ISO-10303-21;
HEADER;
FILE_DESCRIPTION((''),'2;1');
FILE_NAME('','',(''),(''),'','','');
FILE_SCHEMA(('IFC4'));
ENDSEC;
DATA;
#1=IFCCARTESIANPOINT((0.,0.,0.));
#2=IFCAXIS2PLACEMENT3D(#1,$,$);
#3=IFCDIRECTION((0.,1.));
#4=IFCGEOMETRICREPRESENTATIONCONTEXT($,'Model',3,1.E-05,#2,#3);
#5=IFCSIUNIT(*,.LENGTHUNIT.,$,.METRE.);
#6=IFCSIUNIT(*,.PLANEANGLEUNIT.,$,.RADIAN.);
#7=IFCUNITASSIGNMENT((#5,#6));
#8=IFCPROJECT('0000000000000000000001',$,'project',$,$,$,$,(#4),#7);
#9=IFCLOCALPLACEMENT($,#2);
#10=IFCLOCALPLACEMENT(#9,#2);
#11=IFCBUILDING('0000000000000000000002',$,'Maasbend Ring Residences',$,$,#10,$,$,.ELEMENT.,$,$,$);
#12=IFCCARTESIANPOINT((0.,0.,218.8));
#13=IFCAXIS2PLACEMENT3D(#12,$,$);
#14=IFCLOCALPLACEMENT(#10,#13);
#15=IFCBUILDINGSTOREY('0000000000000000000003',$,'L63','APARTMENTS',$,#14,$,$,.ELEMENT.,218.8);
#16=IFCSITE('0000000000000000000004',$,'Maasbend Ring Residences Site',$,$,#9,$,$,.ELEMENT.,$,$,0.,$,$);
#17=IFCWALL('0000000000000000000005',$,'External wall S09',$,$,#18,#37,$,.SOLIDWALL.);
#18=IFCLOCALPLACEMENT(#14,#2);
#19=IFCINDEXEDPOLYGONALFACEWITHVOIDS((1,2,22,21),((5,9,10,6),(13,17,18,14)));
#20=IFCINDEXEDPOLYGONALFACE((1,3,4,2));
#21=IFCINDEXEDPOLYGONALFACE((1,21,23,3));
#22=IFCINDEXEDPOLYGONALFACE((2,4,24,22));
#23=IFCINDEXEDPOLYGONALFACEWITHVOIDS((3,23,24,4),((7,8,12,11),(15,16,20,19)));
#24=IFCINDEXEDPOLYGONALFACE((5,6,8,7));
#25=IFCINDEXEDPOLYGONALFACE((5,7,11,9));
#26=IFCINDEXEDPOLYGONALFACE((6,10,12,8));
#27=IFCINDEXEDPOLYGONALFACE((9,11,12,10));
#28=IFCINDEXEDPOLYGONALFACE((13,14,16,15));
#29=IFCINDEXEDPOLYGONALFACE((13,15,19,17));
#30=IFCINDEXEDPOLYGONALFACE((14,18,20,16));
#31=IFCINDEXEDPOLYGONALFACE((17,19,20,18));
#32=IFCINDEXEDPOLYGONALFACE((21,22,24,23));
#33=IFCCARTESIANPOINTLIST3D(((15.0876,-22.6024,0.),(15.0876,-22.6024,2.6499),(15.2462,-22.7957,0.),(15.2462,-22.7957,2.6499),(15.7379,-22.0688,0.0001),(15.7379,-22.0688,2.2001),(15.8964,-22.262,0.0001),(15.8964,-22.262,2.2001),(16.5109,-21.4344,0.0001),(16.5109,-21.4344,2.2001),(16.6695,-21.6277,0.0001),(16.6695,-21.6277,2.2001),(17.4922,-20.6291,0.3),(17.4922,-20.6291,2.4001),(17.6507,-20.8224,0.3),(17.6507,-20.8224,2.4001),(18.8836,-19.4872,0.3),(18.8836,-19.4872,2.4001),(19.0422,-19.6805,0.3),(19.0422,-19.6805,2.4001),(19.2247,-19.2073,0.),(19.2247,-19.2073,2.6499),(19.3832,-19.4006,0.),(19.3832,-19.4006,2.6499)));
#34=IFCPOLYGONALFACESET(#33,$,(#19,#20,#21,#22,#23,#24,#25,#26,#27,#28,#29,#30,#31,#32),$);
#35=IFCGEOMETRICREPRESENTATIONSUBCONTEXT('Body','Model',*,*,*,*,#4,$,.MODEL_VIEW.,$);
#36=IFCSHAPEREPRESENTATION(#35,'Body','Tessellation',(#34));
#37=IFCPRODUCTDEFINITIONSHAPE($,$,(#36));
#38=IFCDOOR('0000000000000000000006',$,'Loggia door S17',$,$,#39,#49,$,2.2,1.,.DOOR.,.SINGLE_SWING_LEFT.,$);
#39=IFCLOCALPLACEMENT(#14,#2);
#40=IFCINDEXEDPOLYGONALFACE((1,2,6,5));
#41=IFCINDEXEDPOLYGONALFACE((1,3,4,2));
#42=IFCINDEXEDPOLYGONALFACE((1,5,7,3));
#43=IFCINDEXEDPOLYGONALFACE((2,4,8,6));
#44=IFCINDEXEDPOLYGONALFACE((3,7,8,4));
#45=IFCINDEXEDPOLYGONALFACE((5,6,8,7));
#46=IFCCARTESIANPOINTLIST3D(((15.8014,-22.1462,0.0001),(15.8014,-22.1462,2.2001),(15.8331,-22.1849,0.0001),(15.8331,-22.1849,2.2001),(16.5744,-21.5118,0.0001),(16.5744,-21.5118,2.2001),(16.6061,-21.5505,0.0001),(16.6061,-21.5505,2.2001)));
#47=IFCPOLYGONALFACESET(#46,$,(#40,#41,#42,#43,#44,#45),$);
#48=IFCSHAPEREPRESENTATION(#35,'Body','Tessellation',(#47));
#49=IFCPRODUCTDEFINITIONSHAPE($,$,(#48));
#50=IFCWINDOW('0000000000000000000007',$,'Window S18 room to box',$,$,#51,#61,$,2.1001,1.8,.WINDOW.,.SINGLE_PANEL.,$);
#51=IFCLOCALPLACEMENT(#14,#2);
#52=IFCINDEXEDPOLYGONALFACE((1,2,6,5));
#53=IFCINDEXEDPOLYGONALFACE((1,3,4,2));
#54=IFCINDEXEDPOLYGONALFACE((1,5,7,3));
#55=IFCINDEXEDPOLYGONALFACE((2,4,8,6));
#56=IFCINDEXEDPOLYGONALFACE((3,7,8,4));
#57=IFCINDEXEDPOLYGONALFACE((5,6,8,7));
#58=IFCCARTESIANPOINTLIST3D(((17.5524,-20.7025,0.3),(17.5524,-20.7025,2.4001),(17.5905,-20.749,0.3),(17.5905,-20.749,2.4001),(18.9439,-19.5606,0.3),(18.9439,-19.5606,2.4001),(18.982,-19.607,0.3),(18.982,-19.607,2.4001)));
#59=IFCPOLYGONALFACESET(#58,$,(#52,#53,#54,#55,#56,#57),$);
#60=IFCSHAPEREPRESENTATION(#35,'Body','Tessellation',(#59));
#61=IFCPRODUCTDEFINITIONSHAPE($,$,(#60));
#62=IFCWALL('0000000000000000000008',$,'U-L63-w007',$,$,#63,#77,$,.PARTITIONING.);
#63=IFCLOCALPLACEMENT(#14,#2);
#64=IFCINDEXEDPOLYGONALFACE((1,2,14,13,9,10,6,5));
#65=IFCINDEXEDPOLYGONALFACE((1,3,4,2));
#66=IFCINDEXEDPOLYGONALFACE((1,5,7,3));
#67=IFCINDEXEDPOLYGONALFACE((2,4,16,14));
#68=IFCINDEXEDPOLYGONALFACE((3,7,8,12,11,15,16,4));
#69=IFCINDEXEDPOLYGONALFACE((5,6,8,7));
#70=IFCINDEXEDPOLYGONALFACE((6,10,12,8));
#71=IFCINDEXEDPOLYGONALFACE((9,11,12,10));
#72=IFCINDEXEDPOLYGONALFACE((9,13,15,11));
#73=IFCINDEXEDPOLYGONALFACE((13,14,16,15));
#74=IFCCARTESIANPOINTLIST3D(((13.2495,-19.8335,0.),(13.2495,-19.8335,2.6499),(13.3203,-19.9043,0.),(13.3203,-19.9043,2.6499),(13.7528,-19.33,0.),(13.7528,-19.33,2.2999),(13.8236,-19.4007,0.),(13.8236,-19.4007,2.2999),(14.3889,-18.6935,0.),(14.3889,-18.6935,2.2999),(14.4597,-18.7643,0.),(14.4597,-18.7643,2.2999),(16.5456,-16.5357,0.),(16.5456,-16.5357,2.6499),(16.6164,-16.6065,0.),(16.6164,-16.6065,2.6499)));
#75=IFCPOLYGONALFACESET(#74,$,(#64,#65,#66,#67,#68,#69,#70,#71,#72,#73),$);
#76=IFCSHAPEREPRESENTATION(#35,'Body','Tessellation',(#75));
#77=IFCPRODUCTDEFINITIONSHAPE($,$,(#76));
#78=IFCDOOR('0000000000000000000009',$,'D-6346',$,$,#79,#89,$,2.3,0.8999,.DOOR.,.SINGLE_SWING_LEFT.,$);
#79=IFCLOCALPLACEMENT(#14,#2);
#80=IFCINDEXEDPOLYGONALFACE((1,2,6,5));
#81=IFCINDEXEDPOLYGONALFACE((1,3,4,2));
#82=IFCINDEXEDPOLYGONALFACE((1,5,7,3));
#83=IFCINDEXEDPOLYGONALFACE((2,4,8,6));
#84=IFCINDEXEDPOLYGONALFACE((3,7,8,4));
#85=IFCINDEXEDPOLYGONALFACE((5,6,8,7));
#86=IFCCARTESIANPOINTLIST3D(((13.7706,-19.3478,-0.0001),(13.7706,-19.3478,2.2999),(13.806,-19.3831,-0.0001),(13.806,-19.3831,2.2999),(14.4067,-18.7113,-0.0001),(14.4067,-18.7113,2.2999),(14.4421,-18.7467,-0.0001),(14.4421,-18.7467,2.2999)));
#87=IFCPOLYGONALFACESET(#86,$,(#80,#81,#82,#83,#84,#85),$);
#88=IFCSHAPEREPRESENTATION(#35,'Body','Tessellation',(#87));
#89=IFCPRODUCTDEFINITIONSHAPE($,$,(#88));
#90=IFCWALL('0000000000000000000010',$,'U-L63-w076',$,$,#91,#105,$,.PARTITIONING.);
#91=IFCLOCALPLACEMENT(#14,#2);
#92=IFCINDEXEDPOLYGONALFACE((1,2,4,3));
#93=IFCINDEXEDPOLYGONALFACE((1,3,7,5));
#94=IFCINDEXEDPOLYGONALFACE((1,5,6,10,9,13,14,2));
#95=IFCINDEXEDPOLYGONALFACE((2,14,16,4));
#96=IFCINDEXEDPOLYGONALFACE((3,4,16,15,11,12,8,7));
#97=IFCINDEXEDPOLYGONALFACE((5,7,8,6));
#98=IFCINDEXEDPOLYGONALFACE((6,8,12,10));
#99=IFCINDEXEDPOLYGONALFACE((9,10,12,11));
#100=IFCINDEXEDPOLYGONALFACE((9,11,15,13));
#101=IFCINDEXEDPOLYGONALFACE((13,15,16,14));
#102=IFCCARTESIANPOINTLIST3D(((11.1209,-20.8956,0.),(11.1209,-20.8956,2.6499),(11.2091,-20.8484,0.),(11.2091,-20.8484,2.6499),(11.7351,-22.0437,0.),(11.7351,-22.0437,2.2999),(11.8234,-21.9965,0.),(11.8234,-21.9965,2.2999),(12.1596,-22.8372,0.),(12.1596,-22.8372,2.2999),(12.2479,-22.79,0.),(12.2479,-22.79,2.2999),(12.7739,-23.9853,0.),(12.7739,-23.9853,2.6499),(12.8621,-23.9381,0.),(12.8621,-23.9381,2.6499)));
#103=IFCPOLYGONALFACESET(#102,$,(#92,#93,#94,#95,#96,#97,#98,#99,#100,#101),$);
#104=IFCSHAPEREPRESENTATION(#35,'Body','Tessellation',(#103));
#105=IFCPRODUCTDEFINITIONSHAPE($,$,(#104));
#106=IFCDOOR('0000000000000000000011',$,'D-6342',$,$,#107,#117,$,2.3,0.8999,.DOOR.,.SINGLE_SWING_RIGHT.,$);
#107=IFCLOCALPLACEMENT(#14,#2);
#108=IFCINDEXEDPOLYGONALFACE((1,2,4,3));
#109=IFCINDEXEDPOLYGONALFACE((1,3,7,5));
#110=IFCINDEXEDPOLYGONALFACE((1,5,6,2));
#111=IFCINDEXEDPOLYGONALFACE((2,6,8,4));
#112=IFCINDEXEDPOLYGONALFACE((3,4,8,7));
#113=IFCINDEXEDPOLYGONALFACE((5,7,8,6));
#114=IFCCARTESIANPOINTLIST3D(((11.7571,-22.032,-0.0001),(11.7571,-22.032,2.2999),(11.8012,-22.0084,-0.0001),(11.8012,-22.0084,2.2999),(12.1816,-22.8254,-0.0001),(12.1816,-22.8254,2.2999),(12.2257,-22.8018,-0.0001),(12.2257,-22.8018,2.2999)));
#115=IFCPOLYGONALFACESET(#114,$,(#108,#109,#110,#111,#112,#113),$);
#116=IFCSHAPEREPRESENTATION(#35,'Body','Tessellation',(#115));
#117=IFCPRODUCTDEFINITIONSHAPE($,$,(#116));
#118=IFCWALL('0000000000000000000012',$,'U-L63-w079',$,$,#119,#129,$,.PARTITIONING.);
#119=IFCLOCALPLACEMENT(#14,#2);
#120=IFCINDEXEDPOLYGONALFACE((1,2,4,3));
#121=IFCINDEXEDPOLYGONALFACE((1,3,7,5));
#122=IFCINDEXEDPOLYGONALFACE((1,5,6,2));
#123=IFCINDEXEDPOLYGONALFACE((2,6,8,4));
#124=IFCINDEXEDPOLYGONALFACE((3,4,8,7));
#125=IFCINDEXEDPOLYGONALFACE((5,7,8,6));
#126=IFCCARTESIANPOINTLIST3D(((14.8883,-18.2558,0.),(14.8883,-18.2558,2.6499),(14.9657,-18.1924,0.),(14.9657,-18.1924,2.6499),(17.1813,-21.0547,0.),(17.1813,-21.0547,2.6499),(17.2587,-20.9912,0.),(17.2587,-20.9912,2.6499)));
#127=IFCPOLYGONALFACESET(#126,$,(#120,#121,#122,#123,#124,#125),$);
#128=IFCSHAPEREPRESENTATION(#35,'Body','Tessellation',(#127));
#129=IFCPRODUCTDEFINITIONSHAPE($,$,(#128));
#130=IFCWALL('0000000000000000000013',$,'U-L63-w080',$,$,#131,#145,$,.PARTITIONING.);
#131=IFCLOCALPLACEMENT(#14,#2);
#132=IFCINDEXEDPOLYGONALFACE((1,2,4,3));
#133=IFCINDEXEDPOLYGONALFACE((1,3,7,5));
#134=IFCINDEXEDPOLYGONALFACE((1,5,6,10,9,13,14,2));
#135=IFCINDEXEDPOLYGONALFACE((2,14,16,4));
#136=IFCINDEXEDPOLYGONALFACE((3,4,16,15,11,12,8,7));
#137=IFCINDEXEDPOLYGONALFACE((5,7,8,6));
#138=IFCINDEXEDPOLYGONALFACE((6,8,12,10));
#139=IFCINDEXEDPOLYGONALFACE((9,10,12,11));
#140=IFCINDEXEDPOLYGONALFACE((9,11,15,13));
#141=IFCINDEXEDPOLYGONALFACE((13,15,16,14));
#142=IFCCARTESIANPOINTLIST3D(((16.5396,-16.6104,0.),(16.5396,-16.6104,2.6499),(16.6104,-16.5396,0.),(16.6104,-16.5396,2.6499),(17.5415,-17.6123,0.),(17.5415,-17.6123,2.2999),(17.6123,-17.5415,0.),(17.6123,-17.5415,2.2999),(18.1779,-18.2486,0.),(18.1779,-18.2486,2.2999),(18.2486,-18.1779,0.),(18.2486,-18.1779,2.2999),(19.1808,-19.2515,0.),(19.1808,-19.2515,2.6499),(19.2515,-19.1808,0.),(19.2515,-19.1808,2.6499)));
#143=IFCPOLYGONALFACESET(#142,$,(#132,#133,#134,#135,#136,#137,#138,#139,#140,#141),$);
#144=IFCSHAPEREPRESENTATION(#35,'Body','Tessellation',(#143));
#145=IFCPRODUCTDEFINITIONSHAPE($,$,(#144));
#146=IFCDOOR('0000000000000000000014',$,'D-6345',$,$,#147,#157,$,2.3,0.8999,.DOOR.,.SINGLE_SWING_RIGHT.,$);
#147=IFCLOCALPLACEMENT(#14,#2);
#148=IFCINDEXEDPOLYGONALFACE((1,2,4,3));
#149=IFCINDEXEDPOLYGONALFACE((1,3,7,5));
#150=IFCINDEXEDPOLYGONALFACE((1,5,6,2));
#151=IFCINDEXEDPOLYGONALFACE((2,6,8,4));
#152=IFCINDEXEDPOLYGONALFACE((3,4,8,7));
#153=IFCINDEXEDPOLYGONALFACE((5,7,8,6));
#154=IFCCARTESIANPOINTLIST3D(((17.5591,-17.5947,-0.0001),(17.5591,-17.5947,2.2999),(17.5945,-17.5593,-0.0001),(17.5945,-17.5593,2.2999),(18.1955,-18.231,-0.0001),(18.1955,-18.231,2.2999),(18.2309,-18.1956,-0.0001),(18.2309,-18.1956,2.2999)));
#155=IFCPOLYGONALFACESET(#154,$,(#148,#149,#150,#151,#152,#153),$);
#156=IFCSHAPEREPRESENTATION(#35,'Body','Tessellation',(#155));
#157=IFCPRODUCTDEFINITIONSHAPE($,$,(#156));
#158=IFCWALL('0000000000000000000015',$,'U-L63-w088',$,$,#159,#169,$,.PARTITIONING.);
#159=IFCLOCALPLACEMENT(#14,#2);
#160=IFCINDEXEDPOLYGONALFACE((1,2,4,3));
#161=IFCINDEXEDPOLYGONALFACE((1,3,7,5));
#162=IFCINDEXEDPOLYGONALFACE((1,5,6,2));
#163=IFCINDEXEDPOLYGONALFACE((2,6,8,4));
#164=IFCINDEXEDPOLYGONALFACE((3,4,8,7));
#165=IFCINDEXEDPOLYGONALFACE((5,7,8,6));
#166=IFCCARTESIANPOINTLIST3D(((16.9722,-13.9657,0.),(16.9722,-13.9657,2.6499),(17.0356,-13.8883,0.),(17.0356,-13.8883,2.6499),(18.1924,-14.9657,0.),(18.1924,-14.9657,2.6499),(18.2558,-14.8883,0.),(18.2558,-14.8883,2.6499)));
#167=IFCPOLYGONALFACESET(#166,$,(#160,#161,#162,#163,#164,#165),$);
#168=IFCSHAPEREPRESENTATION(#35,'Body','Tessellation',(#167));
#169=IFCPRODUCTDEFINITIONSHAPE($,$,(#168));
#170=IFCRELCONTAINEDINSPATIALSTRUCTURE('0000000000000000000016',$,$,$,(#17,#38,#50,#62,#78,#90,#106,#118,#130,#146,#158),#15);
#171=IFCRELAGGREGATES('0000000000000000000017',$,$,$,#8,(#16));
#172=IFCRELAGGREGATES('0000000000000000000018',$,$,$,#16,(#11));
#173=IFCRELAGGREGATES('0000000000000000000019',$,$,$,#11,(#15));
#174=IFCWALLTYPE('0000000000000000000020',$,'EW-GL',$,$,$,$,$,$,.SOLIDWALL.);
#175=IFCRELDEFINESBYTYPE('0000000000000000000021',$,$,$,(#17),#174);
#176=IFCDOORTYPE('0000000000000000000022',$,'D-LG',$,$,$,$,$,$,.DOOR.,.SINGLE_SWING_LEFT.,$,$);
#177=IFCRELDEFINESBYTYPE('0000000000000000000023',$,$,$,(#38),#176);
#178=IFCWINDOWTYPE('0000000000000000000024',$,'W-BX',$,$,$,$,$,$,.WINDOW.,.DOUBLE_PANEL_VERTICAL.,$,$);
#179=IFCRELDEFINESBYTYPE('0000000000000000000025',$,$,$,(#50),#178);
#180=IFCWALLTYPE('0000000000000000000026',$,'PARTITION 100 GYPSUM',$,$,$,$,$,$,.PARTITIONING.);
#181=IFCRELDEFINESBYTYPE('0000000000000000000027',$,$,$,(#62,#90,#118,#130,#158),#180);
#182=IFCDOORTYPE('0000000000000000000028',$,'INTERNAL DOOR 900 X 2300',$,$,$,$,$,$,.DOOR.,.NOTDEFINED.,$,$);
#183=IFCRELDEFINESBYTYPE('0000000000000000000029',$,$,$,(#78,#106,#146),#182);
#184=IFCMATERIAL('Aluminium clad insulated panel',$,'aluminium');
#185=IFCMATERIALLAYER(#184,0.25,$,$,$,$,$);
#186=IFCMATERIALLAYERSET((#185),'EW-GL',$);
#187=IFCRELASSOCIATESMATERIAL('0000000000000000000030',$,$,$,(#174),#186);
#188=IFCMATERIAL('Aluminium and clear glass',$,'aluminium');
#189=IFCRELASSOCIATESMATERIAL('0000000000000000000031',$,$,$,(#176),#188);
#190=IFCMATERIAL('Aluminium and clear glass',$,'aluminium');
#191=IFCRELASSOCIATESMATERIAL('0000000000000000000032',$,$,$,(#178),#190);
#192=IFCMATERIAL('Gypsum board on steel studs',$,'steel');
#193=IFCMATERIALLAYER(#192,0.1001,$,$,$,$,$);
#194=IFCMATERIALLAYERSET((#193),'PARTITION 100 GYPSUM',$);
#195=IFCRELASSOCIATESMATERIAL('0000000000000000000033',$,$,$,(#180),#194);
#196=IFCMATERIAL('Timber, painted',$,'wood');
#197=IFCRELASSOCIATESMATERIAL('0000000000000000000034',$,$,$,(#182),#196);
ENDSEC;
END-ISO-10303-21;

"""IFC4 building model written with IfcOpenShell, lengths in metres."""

from ifc_helpers import new_model, si_unit, direction, frame, frame_2d, origin, place, context, subcontext, project, spatial, rectangle, extrude, material, layer, layer_set, type_object, element, fill, save


model = new_model("IFC4")

# Units and contexts
model_context = context("Model", 3, precision=1e-05, world=origin(), true_north=direction((0.0, 1.0)))
body_context = subcontext(model_context, "Body", "Model", "MODEL_VIEW")
ifc_project = project(units=[si_unit("LENGTHUNIT", "METRE"), si_unit("PLANEANGLEUNIT", "RADIAN")], contexts=[model_context])

# Site, building, storey
site_placement = place(None, origin())
site = spatial("IfcSite", under=ifc_project, at=site_placement, Name="Maasbend Ring Residences Site", CompositionType="ELEMENT", RefElevation=0.0)
building_placement = place(site_placement, origin())
building = spatial("IfcBuilding", under=site, at=building_placement, Name="Maasbend Ring Residences", CompositionType="ELEMENT")
storey_placement = place(building_placement, frame((0.0, 0.0, 218.8)))
storey = spatial("IfcBuildingStorey", under=building, at=storey_placement, Name="L63", Description="APARTMENTS", CompositionType="ELEMENT", Elevation=218.8)

# Wall, openings, door, window
ifc_material_1 = material(Name="Aluminium clad insulated panel", Category="aluminium")
ifc_layer_1 = layer(ifc_material_1, 0.25)
ifc_layer_set_1 = layer_set([ifc_layer_1], Name="EW-GL")
wall_type_1 = type_object("IfcWallType", Name="EW-GL", PredefinedType="SOLIDWALL", material=ifc_layer_set_1)
wall_1_placement = place(storey_placement, frame((15.167, -22.699, 0.0), z_axis=(0.0, 0.0, 1.0), x_axis=(0.773019, 0.634382, 0.0)))
wall_1 = element("IfcWall", 1, at=wall_1_placement, inside=storey, type_object=wall_type_1, Name="External wall S09", PredefinedType="SOLIDWALL", context=body_context, shape_type="SweptSolid", body=[
    extrude(rectangle(XDim=5.3518, YDim=0.25, at=frame_2d((2.6758, 0.0))), origin(), (0.0, 0.0, 1.0), 2.6499),
])
opening_1_placement = place(wall_1_placement, frame((0.8411, 0.0, 0.0)))
opening_1 = element("IfcOpeningElement", 2, at=opening_1_placement, cuts=wall_1, PredefinedType="OPENING", context=body_context, shape_type="SweptSolid", body=[
    extrude(rectangle(XDim=1.0, YDim=2.2, at=frame_2d((0.5, 1.1001))), frame((0.0, 0.135, 0.0), z_axis=(0.0, -1.0, 0.0), x_axis=(1.0, 0.0, 0.0)), (0.0, 0.0, 1.0), 0.27),
])
opening_2_placement = place(wall_1_placement, frame((3.1106, 0.0, 0.3)))
opening_2 = element("IfcOpeningElement", 3, at=opening_2_placement, cuts=wall_1, PredefinedType="OPENING", context=body_context, shape_type="SweptSolid", body=[
    extrude(rectangle(XDim=1.8, YDim=2.1001, at=frame_2d((0.8999, 1.05))), frame((0.0, 0.135, 0.0), z_axis=(0.0, -1.0, 0.0), x_axis=(1.0, 0.0, 0.0)), (0.0, 0.0, 1.0), 0.27),
])
ifc_material_2 = material(Name="Aluminium and clear glass", Category="aluminium")
door_type_1 = type_object("IfcDoorType", Name="D-LG", OperationType="SINGLE_SWING_LEFT", PredefinedType="DOOR", material=ifc_material_2)
door_1_placement = place(opening_1_placement, origin())
door_1 = element("IfcDoor", 4, at=door_1_placement, inside=storey, type_object=door_type_1, Name="Loggia door S17", OperationType="SINGLE_SWING_LEFT", OverallHeight=2.2, OverallWidth=1.0, PredefinedType="DOOR", context=body_context, shape_type="SweptSolid", body=[
    extrude(rectangle(XDim=1.0, YDim=2.2, at=frame_2d((0.5, 1.1001))), frame((0.0, 0.0249, 0.0), z_axis=(0.0, -1.0, 0.0), x_axis=(1.0, 0.0, 0.0)), (0.0, 0.0, 1.0), 0.05),
])
fill(opening_1, door_1)
ifc_material_3 = material(Name="Aluminium and clear glass", Category="aluminium")
window_type_1 = type_object("IfcWindowType", Name="W-BX", PartitioningType="DOUBLE_PANEL_VERTICAL", PredefinedType="WINDOW", material=ifc_material_3)
window_1_placement = place(opening_2_placement, origin())
window_1 = element("IfcWindow", 5, at=window_1_placement, inside=storey, type_object=window_type_1, Name="Window S18 room to box", OverallHeight=2.1001, OverallWidth=1.8, PartitioningType="SINGLE_PANEL", PredefinedType="WINDOW", context=body_context, shape_type="SweptSolid", body=[
    extrude(rectangle(XDim=1.8, YDim=2.1001, at=frame_2d((0.8999, 1.05))), frame((0.0, 0.03, 0.0), z_axis=(0.0, -1.0, 0.0), x_axis=(1.0, 0.0, 0.0)), (0.0, 0.0, 1.0), 0.0601),
])
fill(opening_2, window_1)

# Walls, openings, doors
ifc_material_4 = material(Name="Gypsum board on steel studs", Category="steel")
ifc_layer_2 = layer(ifc_material_4, 0.1001)
ifc_layer_set_2 = layer_set([ifc_layer_2], Name="PARTITION 100 GYPSUM")
wall_type_2 = type_object("IfcWallType", Name="PARTITION 100 GYPSUM", PredefinedType="PARTITIONING", material=ifc_layer_set_2)
wall_2_placement = place(storey_placement, frame((13.2849, -19.8689, 0.0), z_axis=(0.0, 0.0, 1.0), x_axis=(0.706923, 0.70729, 0.0)))
wall_2 = element("IfcWall", 6, at=wall_2_placement, inside=storey, type_object=wall_type_2, Name="U-L63-w007", PredefinedType="PARTITIONING", context=body_context, shape_type="SweptSolid", body=[
    extrude(rectangle(XDim=4.6626, YDim=0.1001, at=frame_2d((2.3313, 0.0))), origin(), (0.0, 0.0, 1.0), 2.6499),
])
opening_3_placement = place(wall_2_placement, frame((0.7119, 0.0, 0.0)))
opening_3 = element("IfcOpeningElement", 7, at=opening_3_placement, cuts=wall_2, PredefinedType="OPENING", context=body_context, shape_type="SweptSolid", body=[
    extrude(rectangle(XDim=0.8999, YDim=2.3, at=frame_2d((0.45, 1.1499))), frame((0.0, 0.0601, 0.0), z_axis=(0.0, -1.0, 0.0), x_axis=(1.0, 0.0, 0.0)), (0.0, 0.0, 1.0), 0.1201),
])
ifc_material_5 = material(Name="Timber, painted", Category="wood")
door_type_2 = type_object("IfcDoorType", Name="INTERNAL DOOR 900 X 2300", OperationType="NOTDEFINED", PredefinedType="DOOR", material=ifc_material_5)
door_2_placement = place(opening_3_placement, origin())
door_2 = element("IfcDoor", 8, at=door_2_placement, inside=storey, type_object=door_type_2, Name="D-6346", OperationType="SINGLE_SWING_LEFT", OverallHeight=2.3, OverallWidth=0.8999, PredefinedType="DOOR", context=body_context, shape_type="SweptSolid", body=[
    extrude(rectangle(XDim=0.8999, YDim=2.3, at=frame_2d((0.45, 1.1499))), frame((0.0, 0.0249, 0.0), z_axis=(0.0, -1.0, 0.0), x_axis=(1.0, 0.0, 0.0)), (0.0, 0.0, 1.0), 0.05),
])
fill(opening_3, door_2)
wall_3_placement = place(storey_placement, frame((11.165, -20.8721, 0.0), z_axis=(0.0, 0.0, 1.0), x_axis=(0.471734, -0.881741, 0.0)))
wall_3 = element("IfcWall", 9, at=wall_3_placement, inside=storey, type_object=wall_type_2, Name="U-L63-w076", PredefinedType="PARTITIONING", context=body_context, shape_type="SweptSolid", body=[
    extrude(rectangle(XDim=3.5042, YDim=0.1001, at=frame_2d((1.752, 0.0))), origin(), (0.0, 0.0, 1.0), 2.6499),
])
opening_4_placement = place(wall_3_placement, frame((1.302, 0.0, 0.0)))
opening_4 = element("IfcOpeningElement", 10, at=opening_4_placement, cuts=wall_3, PredefinedType="OPENING", context=body_context, shape_type="SweptSolid", body=[
    extrude(rectangle(XDim=0.8999, YDim=2.3, at=frame_2d((0.45, 1.1499))), frame((0.0, 0.0601, 0.0), z_axis=(0.0, -1.0, 0.0), x_axis=(1.0, 0.0, 0.0)), (0.0, 0.0, 1.0), 0.1201),
])
door_3_placement = place(opening_4_placement, origin())
door_3 = element("IfcDoor", 11, at=door_3_placement, inside=storey, type_object=door_type_2, Name="D-6342", OperationType="SINGLE_SWING_RIGHT", OverallHeight=2.3, OverallWidth=0.8999, PredefinedType="DOOR", context=body_context, shape_type="SweptSolid", body=[
    extrude(rectangle(XDim=0.8999, YDim=2.3, at=frame_2d((0.45, 1.1499))), frame((0.0, 0.0249, 0.0), z_axis=(0.0, -1.0, 0.0), x_axis=(1.0, 0.0, 0.0)), (0.0, 0.0, 1.0), 0.05),
])
fill(opening_4, door_3)

# Wall
wall_4_placement = place(storey_placement, frame((14.927, -18.2241, 0.0), z_axis=(0.0, 0.0, 1.0), x_axis=(0.633737, -0.773548, 0.0)))
element("IfcWall", 12, at=wall_4_placement, inside=storey, type_object=wall_type_2, Name="U-L63-w079", PredefinedType="PARTITIONING", context=body_context, shape_type="SweptSolid", body=[
    extrude(rectangle(XDim=3.6182, YDim=0.1001, at=frame_2d((1.8091, 0.0))), origin(), (0.0, 0.0, 1.0), 2.6499),
])

# Wall, opening, door
wall_5_placement = place(storey_placement, frame((16.575, -16.575, 0.0), z_axis=(0.0, 0.0, 1.0), x_axis=(0.707107, -0.707107, 0.0)))
wall_5 = element("IfcWall", 13, at=wall_5_placement, inside=storey, type_object=wall_type_2, Name="U-L63-w080", PredefinedType="PARTITIONING", context=body_context, shape_type="SweptSolid", body=[
    extrude(rectangle(XDim=3.7351, YDim=0.1001, at=frame_2d((1.8677, 0.0))), origin(), (0.0, 0.0, 1.0), 2.6499),
])
opening_5_placement = place(wall_5_placement, frame((1.417, 0.0, 0.0)))
opening_5 = element("IfcOpeningElement", 14, at=opening_5_placement, cuts=wall_5, PredefinedType="OPENING", context=body_context, shape_type="SweptSolid", body=[
    extrude(rectangle(XDim=0.8999, YDim=2.3, at=frame_2d((0.45, 1.1499))), frame((0.0, 0.0601, 0.0), z_axis=(0.0, -1.0, 0.0), x_axis=(1.0, 0.0, 0.0)), (0.0, 0.0, 1.0), 0.1201),
])
door_4_placement = place(opening_5_placement, origin())
door_4 = element("IfcDoor", 15, at=door_4_placement, inside=storey, type_object=door_type_2, Name="D-6345", OperationType="SINGLE_SWING_RIGHT", OverallHeight=2.3, OverallWidth=0.8999, PredefinedType="DOOR", context=body_context, shape_type="SweptSolid", body=[
    extrude(rectangle(XDim=0.8999, YDim=2.3, at=frame_2d((0.45, 1.1499))), frame((0.0, 0.0249, 0.0), z_axis=(0.0, -1.0, 0.0), x_axis=(1.0, 0.0, 0.0)), (0.0, 0.0, 1.0), 0.05),
])
fill(opening_5, door_4)

# Wall
wall_6_placement = place(storey_placement, frame((17.0039, -13.927, 0.0), z_axis=(0.0, 0.0, 1.0), x_axis=(0.773447, -0.633861, 0.0)))
element("IfcWall", 16, at=wall_6_placement, inside=storey, type_object=wall_type_2, Name="U-L63-w088", PredefinedType="PARTITIONING", context=body_context, shape_type="SweptSolid", body=[
    extrude(rectangle(XDim=1.5776, YDim=0.1001, at=frame_2d((0.7888, 0.0))), origin(), (0.0, 0.0, 1.0), 2.6499),
])

save(model, "model.ifc")
